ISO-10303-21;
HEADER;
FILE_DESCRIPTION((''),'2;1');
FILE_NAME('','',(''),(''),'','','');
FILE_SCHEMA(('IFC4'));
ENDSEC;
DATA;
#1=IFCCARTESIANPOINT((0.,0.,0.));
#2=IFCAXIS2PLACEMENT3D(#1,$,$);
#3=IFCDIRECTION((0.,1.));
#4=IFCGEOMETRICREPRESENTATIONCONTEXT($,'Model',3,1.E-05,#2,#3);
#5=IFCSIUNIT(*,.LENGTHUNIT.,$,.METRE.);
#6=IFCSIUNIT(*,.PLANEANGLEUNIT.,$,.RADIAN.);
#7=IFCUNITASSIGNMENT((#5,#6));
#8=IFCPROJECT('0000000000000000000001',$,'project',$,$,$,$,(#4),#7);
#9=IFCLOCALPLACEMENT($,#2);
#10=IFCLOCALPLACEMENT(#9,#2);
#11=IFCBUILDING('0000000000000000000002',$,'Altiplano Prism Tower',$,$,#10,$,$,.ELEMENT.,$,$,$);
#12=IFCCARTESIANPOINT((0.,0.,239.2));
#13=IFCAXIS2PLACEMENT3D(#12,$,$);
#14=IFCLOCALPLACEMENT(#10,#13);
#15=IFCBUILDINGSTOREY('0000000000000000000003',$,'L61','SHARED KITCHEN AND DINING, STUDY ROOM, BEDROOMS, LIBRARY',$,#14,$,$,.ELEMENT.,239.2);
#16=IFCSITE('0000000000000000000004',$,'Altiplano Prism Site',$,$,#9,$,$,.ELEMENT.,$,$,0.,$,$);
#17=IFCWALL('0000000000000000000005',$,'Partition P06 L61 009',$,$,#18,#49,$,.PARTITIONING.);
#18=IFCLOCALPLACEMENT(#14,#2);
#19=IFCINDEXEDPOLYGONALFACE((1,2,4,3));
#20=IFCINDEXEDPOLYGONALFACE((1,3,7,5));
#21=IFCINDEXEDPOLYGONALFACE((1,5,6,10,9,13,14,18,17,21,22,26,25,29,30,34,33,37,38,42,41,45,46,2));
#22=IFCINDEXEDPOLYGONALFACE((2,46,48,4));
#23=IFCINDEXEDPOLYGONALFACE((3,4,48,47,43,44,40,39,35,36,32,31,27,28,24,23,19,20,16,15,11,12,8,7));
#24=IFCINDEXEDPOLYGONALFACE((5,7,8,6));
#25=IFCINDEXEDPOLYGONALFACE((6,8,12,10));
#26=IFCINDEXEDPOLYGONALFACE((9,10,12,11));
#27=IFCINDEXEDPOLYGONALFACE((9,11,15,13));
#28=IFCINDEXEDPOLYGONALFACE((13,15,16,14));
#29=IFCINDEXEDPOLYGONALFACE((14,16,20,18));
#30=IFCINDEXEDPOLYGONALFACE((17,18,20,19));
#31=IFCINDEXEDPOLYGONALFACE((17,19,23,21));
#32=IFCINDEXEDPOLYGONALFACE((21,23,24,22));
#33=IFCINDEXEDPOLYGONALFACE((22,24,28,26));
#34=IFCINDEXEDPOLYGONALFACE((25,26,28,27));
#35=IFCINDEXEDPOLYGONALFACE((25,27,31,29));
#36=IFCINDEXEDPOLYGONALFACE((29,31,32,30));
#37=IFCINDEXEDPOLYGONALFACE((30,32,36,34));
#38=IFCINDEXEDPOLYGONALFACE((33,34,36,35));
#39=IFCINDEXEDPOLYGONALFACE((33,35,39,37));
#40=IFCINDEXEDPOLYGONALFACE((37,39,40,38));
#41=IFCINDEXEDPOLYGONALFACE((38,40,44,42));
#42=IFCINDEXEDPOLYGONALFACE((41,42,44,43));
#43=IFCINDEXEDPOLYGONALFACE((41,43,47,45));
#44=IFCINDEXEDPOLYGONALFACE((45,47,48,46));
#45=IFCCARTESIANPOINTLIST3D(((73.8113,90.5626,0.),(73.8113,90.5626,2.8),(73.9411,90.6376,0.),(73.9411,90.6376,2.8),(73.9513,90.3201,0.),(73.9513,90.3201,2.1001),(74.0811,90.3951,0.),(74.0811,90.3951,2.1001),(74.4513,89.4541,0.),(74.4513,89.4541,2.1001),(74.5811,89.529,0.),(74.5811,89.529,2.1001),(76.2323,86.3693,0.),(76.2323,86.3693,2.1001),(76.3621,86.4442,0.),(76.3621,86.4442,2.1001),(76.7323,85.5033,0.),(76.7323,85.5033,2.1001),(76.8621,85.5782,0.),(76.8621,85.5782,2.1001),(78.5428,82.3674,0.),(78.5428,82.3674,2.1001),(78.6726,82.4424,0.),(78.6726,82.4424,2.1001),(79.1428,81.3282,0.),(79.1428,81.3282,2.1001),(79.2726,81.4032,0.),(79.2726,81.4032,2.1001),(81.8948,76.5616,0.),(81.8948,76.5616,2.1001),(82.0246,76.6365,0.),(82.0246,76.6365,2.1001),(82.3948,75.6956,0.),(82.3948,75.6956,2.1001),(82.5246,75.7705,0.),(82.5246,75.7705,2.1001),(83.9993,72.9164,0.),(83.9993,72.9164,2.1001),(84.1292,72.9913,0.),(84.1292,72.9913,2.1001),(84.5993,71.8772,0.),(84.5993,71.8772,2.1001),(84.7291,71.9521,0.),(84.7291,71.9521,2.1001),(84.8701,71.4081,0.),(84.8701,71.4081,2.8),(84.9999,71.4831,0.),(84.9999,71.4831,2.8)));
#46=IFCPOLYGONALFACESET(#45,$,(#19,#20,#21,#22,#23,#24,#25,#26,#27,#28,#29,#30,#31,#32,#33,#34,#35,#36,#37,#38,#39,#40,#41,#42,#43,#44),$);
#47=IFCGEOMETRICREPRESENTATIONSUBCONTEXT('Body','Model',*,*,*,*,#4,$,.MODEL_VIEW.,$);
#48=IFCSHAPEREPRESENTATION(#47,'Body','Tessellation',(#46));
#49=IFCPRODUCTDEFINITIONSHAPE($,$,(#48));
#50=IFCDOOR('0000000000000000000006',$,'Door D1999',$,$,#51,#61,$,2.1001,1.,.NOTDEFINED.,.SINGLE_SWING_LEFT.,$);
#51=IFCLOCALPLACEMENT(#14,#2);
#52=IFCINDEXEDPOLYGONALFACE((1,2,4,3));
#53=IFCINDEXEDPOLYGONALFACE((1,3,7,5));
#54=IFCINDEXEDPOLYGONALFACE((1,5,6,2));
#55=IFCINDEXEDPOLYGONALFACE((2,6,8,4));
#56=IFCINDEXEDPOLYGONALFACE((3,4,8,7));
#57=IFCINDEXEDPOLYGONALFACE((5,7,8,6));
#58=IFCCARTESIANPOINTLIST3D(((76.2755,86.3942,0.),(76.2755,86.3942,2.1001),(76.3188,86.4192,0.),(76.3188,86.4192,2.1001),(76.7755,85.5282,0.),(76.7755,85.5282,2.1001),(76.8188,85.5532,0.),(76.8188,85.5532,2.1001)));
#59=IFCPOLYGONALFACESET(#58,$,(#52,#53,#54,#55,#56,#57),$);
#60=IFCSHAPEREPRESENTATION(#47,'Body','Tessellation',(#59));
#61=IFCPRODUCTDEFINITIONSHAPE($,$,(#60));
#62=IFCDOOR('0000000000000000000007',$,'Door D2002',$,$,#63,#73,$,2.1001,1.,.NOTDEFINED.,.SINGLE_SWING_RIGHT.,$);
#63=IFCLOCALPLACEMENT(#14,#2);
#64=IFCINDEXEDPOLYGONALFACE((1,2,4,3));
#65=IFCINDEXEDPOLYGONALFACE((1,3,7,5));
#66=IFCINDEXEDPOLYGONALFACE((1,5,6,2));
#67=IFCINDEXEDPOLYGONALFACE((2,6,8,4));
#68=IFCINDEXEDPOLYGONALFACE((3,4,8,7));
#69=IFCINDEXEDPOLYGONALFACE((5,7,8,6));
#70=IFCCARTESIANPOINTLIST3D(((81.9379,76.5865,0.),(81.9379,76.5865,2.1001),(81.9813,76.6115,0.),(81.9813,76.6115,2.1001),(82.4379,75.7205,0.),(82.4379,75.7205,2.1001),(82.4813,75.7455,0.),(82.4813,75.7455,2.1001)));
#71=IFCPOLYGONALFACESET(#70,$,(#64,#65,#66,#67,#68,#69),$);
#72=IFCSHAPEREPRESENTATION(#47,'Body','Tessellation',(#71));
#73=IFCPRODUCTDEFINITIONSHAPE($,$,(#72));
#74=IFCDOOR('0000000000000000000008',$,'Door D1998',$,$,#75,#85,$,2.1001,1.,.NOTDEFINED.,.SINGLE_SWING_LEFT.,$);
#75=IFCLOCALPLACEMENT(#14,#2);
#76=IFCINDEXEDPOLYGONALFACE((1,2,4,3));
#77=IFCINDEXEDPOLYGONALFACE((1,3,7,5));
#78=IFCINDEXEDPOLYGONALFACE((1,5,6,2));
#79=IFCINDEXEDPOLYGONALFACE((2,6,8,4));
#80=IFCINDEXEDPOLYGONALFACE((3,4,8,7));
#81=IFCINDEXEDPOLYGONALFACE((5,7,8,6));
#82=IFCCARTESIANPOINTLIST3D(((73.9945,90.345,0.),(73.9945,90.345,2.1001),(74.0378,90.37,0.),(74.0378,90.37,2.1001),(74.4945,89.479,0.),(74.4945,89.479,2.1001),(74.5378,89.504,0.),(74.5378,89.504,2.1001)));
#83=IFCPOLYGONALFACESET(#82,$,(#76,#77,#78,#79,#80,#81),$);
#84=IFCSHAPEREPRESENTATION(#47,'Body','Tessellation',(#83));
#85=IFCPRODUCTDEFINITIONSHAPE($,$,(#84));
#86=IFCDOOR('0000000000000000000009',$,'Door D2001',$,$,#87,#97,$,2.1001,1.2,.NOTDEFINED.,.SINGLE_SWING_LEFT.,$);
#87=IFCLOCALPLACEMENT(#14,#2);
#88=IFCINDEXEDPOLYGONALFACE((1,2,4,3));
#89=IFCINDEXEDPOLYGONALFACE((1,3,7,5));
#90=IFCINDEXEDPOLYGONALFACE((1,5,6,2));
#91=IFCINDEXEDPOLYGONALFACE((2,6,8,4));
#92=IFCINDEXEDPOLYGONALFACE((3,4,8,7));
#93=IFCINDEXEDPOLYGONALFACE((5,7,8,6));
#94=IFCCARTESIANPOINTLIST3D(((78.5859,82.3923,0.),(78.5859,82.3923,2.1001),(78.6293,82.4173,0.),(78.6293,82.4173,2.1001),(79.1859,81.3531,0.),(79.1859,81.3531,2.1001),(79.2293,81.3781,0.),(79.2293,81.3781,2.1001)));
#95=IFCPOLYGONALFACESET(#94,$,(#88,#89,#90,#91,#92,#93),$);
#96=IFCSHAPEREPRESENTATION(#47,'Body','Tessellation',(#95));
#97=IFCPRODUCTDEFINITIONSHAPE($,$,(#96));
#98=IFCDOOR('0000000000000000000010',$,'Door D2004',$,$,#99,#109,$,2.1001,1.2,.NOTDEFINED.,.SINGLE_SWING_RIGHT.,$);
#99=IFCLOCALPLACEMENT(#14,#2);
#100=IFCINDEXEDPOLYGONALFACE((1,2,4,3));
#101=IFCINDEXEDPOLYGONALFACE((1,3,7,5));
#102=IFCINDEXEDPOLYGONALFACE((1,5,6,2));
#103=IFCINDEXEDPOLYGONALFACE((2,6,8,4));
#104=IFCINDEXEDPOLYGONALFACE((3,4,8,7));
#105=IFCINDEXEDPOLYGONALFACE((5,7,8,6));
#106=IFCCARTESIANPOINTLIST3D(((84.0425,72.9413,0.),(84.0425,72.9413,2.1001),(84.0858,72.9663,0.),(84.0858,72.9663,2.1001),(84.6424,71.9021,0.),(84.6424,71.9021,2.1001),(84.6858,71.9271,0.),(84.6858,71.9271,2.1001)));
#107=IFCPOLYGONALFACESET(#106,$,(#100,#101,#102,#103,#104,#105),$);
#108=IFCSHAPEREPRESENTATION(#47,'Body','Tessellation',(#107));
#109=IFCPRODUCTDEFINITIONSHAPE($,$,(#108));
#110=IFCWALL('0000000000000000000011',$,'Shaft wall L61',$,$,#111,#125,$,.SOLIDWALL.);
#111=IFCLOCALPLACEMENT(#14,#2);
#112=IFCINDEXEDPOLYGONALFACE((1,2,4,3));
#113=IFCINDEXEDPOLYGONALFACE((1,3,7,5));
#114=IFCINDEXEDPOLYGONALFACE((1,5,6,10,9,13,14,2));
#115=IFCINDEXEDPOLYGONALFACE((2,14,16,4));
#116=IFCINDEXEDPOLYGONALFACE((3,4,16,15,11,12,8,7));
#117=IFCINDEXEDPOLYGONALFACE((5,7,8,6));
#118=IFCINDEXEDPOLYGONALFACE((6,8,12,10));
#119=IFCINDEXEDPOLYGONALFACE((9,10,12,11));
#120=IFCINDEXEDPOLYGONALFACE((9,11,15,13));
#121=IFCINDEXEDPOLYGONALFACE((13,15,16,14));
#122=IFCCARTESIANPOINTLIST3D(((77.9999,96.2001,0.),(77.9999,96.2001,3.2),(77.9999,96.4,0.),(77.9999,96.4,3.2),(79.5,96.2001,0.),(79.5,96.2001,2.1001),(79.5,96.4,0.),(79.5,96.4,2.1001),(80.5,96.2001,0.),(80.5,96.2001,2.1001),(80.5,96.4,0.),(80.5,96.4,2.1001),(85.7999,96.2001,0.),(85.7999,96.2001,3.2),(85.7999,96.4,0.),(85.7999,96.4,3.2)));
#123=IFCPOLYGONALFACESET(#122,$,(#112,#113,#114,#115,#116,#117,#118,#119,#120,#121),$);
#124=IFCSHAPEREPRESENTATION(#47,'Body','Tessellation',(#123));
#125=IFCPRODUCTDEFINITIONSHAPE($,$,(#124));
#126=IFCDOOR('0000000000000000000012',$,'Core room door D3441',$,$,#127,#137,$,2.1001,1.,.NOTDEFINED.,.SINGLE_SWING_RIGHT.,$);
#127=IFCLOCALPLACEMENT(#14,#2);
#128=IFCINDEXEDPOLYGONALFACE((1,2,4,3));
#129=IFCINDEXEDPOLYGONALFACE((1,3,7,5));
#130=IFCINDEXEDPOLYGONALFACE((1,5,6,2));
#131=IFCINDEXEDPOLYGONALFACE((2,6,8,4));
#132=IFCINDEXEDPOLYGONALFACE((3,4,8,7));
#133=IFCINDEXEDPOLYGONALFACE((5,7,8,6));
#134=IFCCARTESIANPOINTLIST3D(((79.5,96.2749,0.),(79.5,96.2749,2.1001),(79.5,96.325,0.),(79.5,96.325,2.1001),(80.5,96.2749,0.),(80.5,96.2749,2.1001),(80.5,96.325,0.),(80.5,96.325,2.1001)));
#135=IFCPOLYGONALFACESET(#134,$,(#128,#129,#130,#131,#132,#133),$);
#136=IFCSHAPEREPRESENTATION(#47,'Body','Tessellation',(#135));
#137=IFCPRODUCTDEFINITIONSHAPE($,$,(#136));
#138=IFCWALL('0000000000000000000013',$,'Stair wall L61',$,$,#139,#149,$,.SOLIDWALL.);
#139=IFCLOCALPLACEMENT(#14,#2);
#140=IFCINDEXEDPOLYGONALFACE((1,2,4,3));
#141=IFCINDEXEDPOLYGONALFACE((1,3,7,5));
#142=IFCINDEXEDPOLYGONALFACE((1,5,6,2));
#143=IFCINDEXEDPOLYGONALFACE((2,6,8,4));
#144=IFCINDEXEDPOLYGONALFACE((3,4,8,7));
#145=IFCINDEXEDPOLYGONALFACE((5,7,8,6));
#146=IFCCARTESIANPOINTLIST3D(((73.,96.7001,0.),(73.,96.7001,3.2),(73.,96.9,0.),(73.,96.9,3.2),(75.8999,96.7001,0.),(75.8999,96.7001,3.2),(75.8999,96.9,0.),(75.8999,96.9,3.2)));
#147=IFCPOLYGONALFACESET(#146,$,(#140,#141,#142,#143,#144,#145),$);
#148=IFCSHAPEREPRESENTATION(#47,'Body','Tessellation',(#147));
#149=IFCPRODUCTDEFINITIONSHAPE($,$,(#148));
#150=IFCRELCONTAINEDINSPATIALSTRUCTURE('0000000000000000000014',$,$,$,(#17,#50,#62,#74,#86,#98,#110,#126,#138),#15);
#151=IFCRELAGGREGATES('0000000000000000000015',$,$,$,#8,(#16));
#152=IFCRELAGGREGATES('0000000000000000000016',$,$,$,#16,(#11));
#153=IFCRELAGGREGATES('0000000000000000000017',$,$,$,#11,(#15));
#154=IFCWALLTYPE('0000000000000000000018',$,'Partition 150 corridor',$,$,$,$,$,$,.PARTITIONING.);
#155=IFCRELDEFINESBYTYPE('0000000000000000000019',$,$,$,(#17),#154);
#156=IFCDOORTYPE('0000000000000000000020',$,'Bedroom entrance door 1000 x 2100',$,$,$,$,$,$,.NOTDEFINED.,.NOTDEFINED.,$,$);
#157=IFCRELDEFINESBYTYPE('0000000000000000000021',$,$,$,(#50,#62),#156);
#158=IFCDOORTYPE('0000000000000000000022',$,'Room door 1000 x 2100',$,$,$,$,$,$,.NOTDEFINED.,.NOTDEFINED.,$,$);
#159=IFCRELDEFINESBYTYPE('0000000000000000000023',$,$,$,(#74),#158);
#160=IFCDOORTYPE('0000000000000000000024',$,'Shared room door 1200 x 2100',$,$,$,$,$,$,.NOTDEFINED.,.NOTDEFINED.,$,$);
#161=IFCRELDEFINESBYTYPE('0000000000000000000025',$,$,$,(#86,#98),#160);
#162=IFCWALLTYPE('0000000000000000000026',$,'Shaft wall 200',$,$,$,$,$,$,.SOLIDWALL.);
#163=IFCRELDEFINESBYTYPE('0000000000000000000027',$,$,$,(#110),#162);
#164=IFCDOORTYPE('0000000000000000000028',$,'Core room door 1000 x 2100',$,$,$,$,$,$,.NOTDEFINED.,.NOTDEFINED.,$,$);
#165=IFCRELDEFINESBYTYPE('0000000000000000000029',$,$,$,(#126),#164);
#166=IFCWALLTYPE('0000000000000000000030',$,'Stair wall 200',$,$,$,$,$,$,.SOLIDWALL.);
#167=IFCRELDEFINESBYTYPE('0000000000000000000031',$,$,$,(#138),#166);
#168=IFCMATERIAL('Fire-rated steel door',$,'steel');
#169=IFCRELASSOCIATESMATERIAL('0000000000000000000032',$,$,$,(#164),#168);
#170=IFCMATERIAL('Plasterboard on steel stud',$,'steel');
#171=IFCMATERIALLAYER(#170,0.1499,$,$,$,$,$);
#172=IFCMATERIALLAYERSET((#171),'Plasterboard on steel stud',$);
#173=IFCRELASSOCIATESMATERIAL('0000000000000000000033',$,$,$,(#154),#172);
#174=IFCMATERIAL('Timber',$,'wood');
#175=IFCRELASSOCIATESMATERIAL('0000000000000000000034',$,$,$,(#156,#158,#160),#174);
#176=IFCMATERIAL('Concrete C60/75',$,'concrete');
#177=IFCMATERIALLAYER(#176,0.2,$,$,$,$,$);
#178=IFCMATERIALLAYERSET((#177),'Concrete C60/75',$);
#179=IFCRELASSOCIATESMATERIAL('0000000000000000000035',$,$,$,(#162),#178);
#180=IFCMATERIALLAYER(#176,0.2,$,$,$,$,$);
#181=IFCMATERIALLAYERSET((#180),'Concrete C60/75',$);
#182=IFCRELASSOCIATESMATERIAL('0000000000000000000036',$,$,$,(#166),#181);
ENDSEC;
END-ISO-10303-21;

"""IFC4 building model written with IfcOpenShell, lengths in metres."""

from ifc_helpers import new_model, si_unit, direction, frame, frame_2d, origin, place, context, subcontext, project, spatial, rectangle, extrude, material, layer, layer_set, type_object, element, fill, save


model = new_model("IFC4")

# Units and contexts
model_context = context("Model", 3, precision=1e-05, world=origin(), true_north=direction((0.0, 1.0)))
body_context = subcontext(model_context, "Body", "Model", "MODEL_VIEW")
ifc_project = project(units=[si_unit("LENGTHUNIT", "METRE"), si_unit("PLANEANGLEUNIT", "RADIAN")], contexts=[model_context])

# Site, building, storey
site_placement = place(None, origin())
site = spatial("IfcSite", under=ifc_project, at=site_placement, Name="Altiplano Prism Site", CompositionType="ELEMENT", RefElevation=0.0)
building_placement = place(site_placement, origin())
building = spatial("IfcBuilding", under=site, at=building_placement, Name="Altiplano Prism Tower", CompositionType="ELEMENT")
storey_placement = place(building_placement, frame((0.0, 0.0, 239.2)))
storey = spatial("IfcBuildingStorey", under=building, at=storey_placement, Name="L61", Description="SHARED KITCHEN AND DINING, STUDY ROOM, BEDROOMS, LIBRARY", CompositionType="ELEMENT", Elevation=239.2)

# Shared definitions
ifc_material_1 = material(Name="Concrete C60/75", Category="concrete")
ifc_material_2 = material(Name="Fire-rated steel door", Category="steel")
door_type_1 = type_object("IfcDoorType", Name="Core room door 1000 x 2100", OperationType="NOTDEFINED", PredefinedType="NOTDEFINED", material=ifc_material_2)

# Shared definitions
ifc_material_3 = material(Name="Plasterboard on steel stud", Category="steel")
ifc_layer_1 = layer(ifc_material_3, 0.1499)
ifc_layer_set_1 = layer_set([ifc_layer_1], Name="Plasterboard on steel stud")
wall_type_1 = type_object("IfcWallType", Name="Partition 150 corridor", PredefinedType="PARTITIONING", material=ifc_layer_set_1)

# Wall, openings, doors
wall_1_placement = place(storey_placement, frame((73.8762, 90.6001, 0.0), z_axis=(0.0, 0.0, 1.0), x_axis=(0.499999, -0.866026, 0.0)))
wall_1 = element("IfcWall", 1, at=wall_1_placement, inside=storey, type_object=wall_type_1, Name="Partition P06 L61 009", PredefinedType="PARTITIONING", context=body_context, shape_type="SweptSolid", body=[
    extrude(rectangle(XDim=22.1177, YDim=0.1499, at=frame_2d((11.0588, 0.0))), origin(), (0.0, 0.0, 1.0), 2.8),
])
opening_1_placement = place(wall_1_placement, frame((0.28, 0.0, 0.0)))
opening_1 = element("IfcOpeningElement", 2, at=opening_1_placement, cuts=wall_1, PredefinedType="OPENING", context=body_context, shape_type="SweptSolid", body=[
    extrude(rectangle(XDim=1.0, YDim=2.1001, at=frame_2d((0.5, 1.05))), frame((0.0, 0.0854, 0.0), z_axis=(0.0, -1.0, 0.0), x_axis=(1.0, 0.0, 0.0)), (0.0, 0.0, 1.0), 0.1709),
])
opening_2_placement = place(wall_1_placement, frame((4.842, 0.0, 0.0)))
opening_2 = element("IfcOpeningElement", 3, at=opening_2_placement, cuts=wall_1, PredefinedType="OPENING", context=body_context, shape_type="SweptSolid", body=[
    extrude(rectangle(XDim=1.0, YDim=2.1001, at=frame_2d((0.5, 1.05))), frame((0.0, 0.0854, 0.0), z_axis=(0.0, -1.0, 0.0), x_axis=(1.0, 0.0, 0.0)), (0.0, 0.0, 1.0), 0.1709),
])
opening_3_placement = place(wall_1_placement, frame((9.4629, 0.0, 0.0)))
opening_3 = element("IfcOpeningElement", 4, at=opening_3_placement, cuts=wall_1, PredefinedType="OPENING", context=body_context, shape_type="SweptSolid", body=[
    extrude(rectangle(XDim=1.2, YDim=2.1001, at=frame_2d((0.6001, 1.05))), frame((0.0, 0.0854, 0.0), z_axis=(0.0, -1.0, 0.0), x_axis=(1.0, 0.0, 0.0)), (0.0, 0.0, 1.0), 0.1709),
])
opening_4_placement = place(wall_1_placement, frame((16.167, 0.0, 0.0)))
opening_4 = element("IfcOpeningElement", 5, at=opening_4_placement, cuts=wall_1, PredefinedType="OPENING", context=body_context, shape_type="SweptSolid", body=[
    extrude(rectangle(XDim=1.0, YDim=2.1001, at=frame_2d((0.5, 1.05))), frame((0.0, 0.0854, 0.0), z_axis=(0.0, -1.0, 0.0), x_axis=(1.0, 0.0, 0.0)), (0.0, 0.0, 1.0), 0.1709),
])
opening_5_placement = place(wall_1_placement, frame((20.376, 0.0, 0.0)))
opening_5 = element("IfcOpeningElement", 6, at=opening_5_placement, cuts=wall_1, PredefinedType="OPENING", context=body_context, shape_type="SweptSolid", body=[
    extrude(rectangle(XDim=1.2, YDim=2.1001, at=frame_2d((0.6001, 1.05))), frame((0.0, 0.0854, 0.0), z_axis=(0.0, -1.0, 0.0), x_axis=(1.0, 0.0, 0.0)), (0.0, 0.0, 1.0), 0.1709),
])
ifc_material_4 = material(Name="Timber", Category="wood")
door_type_2 = type_object("IfcDoorType", Name="Bedroom entrance door 1000 x 2100", OperationType="NOTDEFINED", PredefinedType="NOTDEFINED", material=ifc_material_4)
door_1_placement = place(opening_2_placement, origin())
door_1 = element("IfcDoor", 7, at=door_1_placement, inside=storey, type_object=door_type_2, Name="Door D1999", OperationType="SINGLE_SWING_LEFT", OverallHeight=2.1001, OverallWidth=1.0, PredefinedType="NOTDEFINED", context=body_context, shape_type="SweptSolid", body=[
    extrude(rectangle(XDim=1.0, YDim=2.1001, at=frame_2d((0.5, 1.05))), frame((0.0, 0.0249, 0.0), z_axis=(0.0, -1.0, 0.0), x_axis=(1.0, 0.0, 0.0)), (0.0, 0.0, 1.0), 0.05),
])
fill(opening_2, door_1)
door_2_placement = place(opening_4_placement, origin())
door_2 = element("IfcDoor", 8, at=door_2_placement, inside=storey, type_object=door_type_2, Name="Door D2002", OperationType="SINGLE_SWING_RIGHT", OverallHeight=2.1001, OverallWidth=1.0, PredefinedType="NOTDEFINED", context=body_context, shape_type="SweptSolid", body=[
    extrude(rectangle(XDim=1.0, YDim=2.1001, at=frame_2d((0.5, 1.05))), frame((0.0, 0.0249, 0.0), z_axis=(0.0, -1.0, 0.0), x_axis=(1.0, 0.0, 0.0)), (0.0, 0.0, 1.0), 0.05),
])
fill(opening_4, door_2)
door_type_3 = type_object("IfcDoorType", Name="Room door 1000 x 2100", OperationType="NOTDEFINED", PredefinedType="NOTDEFINED", material=ifc_material_4)
door_3_placement = place(opening_1_placement, origin())
door_3 = element("IfcDoor", 9, at=door_3_placement, inside=storey, type_object=door_type_3, Name="Door D1998", OperationType="SINGLE_SWING_LEFT", OverallHeight=2.1001, OverallWidth=1.0, PredefinedType="NOTDEFINED", context=body_context, shape_type="SweptSolid", body=[
    extrude(rectangle(XDim=1.0, YDim=2.1001, at=frame_2d((0.5, 1.05))), frame((0.0, 0.0249, 0.0), z_axis=(0.0, -1.0, 0.0), x_axis=(1.0, 0.0, 0.0)), (0.0, 0.0, 1.0), 0.05),
])
fill(opening_1, door_3)
door_type_4 = type_object("IfcDoorType", Name="Shared room door 1200 x 2100", OperationType="NOTDEFINED", PredefinedType="NOTDEFINED", material=ifc_material_4)
door_4_placement = place(opening_3_placement, origin())
door_4 = element("IfcDoor", 10, at=door_4_placement, inside=storey, type_object=door_type_4, Name="Door D2001", OperationType="SINGLE_SWING_LEFT", OverallHeight=2.1001, OverallWidth=1.2, PredefinedType="NOTDEFINED", context=body_context, shape_type="SweptSolid", body=[
    extrude(rectangle(XDim=1.2, YDim=2.1001, at=frame_2d((0.6001, 1.05))), frame((0.0, 0.0249, 0.0), z_axis=(0.0, -1.0, 0.0), x_axis=(1.0, 0.0, 0.0)), (0.0, 0.0, 1.0), 0.05),
])
fill(opening_3, door_4)
door_5_placement = place(opening_5_placement, origin())
door_5 = element("IfcDoor", 11, at=door_5_placement, inside=storey, type_object=door_type_4, Name="Door D2004", OperationType="SINGLE_SWING_RIGHT", OverallHeight=2.1001, OverallWidth=1.2, PredefinedType="NOTDEFINED", context=body_context, shape_type="SweptSolid", body=[
    extrude(rectangle(XDim=1.2, YDim=2.1001, at=frame_2d((0.6001, 1.05))), frame((0.0, 0.0249, 0.0), z_axis=(0.0, -1.0, 0.0), x_axis=(1.0, 0.0, 0.0)), (0.0, 0.0, 1.0), 0.05),
])
fill(opening_5, door_5)

# Wall, opening, door
ifc_layer_2 = layer(ifc_material_1, 0.2)
ifc_layer_set_2 = layer_set([ifc_layer_2], Name="Concrete C60/75")
wall_type_2 = type_object("IfcWallType", Name="Shaft wall 200", PredefinedType="SOLIDWALL", material=ifc_layer_set_2)
wall_2_placement = place(storey_placement, frame((78.0, 96.3, 0.0), z_axis=(0.0, 0.0, 1.0), x_axis=(1.0, 0.0, 0.0)))
wall_2 = element("IfcWall", 12, at=wall_2_placement, inside=storey, type_object=wall_type_2, Name="Shaft wall L61", PredefinedType="SOLIDWALL", context=body_context, shape_type="SweptSolid", body=[
    extrude(rectangle(XDim=7.8, YDim=0.2, at=frame_2d((3.8999, 0.0))), origin(), (0.0, 0.0, 1.0), 3.2),
])
opening_6_placement = place(wall_2_placement, frame((1.5, 0.0, 0.0)))
opening_6 = element("IfcOpeningElement", 13, at=opening_6_placement, cuts=wall_2, PredefinedType="OPENING", context=body_context, shape_type="SweptSolid", body=[
    extrude(rectangle(XDim=1.0, YDim=2.1001, at=frame_2d((0.5, 1.05))), frame((0.0, 0.1104, 0.0), z_axis=(0.0, -1.0, 0.0), x_axis=(1.0, 0.0, 0.0)), (0.0, 0.0, 1.0), 0.2209),
])
door_6_placement = place(opening_6_placement, origin())
door_6 = element("IfcDoor", 14, at=door_6_placement, inside=storey, type_object=door_type_1, Name="Core room door D3441", OperationType="SINGLE_SWING_RIGHT", OverallHeight=2.1001, OverallWidth=1.0, PredefinedType="NOTDEFINED", context=body_context, shape_type="SweptSolid", body=[
    extrude(rectangle(XDim=1.0, YDim=2.1001, at=frame_2d((0.5, 1.05))), frame((0.0, 0.0249, 0.0), z_axis=(0.0, -1.0, 0.0), x_axis=(1.0, 0.0, 0.0)), (0.0, 0.0, 1.0), 0.05),
])
fill(opening_6, door_6)

# Wall
ifc_layer_3 = layer(ifc_material_1, 0.2)
ifc_layer_set_3 = layer_set([ifc_layer_3], Name="Concrete C60/75")
wall_type_3 = type_object("IfcWallType", Name="Stair wall 200", PredefinedType="SOLIDWALL", material=ifc_layer_set_3)
wall_3_placement = place(storey_placement, frame((73.0, 96.8, 0.0), z_axis=(0.0, 0.0, 1.0), x_axis=(1.0, 0.0, 0.0)))
element("IfcWall", 15, at=wall_3_placement, inside=storey, type_object=wall_type_3, Name="Stair wall L61", PredefinedType="SOLIDWALL", context=body_context, shape_type="SweptSolid", body=[
    extrude(rectangle(XDim=2.8999, YDim=0.2, at=frame_2d((1.45, 0.0))), origin(), (0.0, 0.0, 1.0), 3.2),
])

save(model, "model.ifc")
